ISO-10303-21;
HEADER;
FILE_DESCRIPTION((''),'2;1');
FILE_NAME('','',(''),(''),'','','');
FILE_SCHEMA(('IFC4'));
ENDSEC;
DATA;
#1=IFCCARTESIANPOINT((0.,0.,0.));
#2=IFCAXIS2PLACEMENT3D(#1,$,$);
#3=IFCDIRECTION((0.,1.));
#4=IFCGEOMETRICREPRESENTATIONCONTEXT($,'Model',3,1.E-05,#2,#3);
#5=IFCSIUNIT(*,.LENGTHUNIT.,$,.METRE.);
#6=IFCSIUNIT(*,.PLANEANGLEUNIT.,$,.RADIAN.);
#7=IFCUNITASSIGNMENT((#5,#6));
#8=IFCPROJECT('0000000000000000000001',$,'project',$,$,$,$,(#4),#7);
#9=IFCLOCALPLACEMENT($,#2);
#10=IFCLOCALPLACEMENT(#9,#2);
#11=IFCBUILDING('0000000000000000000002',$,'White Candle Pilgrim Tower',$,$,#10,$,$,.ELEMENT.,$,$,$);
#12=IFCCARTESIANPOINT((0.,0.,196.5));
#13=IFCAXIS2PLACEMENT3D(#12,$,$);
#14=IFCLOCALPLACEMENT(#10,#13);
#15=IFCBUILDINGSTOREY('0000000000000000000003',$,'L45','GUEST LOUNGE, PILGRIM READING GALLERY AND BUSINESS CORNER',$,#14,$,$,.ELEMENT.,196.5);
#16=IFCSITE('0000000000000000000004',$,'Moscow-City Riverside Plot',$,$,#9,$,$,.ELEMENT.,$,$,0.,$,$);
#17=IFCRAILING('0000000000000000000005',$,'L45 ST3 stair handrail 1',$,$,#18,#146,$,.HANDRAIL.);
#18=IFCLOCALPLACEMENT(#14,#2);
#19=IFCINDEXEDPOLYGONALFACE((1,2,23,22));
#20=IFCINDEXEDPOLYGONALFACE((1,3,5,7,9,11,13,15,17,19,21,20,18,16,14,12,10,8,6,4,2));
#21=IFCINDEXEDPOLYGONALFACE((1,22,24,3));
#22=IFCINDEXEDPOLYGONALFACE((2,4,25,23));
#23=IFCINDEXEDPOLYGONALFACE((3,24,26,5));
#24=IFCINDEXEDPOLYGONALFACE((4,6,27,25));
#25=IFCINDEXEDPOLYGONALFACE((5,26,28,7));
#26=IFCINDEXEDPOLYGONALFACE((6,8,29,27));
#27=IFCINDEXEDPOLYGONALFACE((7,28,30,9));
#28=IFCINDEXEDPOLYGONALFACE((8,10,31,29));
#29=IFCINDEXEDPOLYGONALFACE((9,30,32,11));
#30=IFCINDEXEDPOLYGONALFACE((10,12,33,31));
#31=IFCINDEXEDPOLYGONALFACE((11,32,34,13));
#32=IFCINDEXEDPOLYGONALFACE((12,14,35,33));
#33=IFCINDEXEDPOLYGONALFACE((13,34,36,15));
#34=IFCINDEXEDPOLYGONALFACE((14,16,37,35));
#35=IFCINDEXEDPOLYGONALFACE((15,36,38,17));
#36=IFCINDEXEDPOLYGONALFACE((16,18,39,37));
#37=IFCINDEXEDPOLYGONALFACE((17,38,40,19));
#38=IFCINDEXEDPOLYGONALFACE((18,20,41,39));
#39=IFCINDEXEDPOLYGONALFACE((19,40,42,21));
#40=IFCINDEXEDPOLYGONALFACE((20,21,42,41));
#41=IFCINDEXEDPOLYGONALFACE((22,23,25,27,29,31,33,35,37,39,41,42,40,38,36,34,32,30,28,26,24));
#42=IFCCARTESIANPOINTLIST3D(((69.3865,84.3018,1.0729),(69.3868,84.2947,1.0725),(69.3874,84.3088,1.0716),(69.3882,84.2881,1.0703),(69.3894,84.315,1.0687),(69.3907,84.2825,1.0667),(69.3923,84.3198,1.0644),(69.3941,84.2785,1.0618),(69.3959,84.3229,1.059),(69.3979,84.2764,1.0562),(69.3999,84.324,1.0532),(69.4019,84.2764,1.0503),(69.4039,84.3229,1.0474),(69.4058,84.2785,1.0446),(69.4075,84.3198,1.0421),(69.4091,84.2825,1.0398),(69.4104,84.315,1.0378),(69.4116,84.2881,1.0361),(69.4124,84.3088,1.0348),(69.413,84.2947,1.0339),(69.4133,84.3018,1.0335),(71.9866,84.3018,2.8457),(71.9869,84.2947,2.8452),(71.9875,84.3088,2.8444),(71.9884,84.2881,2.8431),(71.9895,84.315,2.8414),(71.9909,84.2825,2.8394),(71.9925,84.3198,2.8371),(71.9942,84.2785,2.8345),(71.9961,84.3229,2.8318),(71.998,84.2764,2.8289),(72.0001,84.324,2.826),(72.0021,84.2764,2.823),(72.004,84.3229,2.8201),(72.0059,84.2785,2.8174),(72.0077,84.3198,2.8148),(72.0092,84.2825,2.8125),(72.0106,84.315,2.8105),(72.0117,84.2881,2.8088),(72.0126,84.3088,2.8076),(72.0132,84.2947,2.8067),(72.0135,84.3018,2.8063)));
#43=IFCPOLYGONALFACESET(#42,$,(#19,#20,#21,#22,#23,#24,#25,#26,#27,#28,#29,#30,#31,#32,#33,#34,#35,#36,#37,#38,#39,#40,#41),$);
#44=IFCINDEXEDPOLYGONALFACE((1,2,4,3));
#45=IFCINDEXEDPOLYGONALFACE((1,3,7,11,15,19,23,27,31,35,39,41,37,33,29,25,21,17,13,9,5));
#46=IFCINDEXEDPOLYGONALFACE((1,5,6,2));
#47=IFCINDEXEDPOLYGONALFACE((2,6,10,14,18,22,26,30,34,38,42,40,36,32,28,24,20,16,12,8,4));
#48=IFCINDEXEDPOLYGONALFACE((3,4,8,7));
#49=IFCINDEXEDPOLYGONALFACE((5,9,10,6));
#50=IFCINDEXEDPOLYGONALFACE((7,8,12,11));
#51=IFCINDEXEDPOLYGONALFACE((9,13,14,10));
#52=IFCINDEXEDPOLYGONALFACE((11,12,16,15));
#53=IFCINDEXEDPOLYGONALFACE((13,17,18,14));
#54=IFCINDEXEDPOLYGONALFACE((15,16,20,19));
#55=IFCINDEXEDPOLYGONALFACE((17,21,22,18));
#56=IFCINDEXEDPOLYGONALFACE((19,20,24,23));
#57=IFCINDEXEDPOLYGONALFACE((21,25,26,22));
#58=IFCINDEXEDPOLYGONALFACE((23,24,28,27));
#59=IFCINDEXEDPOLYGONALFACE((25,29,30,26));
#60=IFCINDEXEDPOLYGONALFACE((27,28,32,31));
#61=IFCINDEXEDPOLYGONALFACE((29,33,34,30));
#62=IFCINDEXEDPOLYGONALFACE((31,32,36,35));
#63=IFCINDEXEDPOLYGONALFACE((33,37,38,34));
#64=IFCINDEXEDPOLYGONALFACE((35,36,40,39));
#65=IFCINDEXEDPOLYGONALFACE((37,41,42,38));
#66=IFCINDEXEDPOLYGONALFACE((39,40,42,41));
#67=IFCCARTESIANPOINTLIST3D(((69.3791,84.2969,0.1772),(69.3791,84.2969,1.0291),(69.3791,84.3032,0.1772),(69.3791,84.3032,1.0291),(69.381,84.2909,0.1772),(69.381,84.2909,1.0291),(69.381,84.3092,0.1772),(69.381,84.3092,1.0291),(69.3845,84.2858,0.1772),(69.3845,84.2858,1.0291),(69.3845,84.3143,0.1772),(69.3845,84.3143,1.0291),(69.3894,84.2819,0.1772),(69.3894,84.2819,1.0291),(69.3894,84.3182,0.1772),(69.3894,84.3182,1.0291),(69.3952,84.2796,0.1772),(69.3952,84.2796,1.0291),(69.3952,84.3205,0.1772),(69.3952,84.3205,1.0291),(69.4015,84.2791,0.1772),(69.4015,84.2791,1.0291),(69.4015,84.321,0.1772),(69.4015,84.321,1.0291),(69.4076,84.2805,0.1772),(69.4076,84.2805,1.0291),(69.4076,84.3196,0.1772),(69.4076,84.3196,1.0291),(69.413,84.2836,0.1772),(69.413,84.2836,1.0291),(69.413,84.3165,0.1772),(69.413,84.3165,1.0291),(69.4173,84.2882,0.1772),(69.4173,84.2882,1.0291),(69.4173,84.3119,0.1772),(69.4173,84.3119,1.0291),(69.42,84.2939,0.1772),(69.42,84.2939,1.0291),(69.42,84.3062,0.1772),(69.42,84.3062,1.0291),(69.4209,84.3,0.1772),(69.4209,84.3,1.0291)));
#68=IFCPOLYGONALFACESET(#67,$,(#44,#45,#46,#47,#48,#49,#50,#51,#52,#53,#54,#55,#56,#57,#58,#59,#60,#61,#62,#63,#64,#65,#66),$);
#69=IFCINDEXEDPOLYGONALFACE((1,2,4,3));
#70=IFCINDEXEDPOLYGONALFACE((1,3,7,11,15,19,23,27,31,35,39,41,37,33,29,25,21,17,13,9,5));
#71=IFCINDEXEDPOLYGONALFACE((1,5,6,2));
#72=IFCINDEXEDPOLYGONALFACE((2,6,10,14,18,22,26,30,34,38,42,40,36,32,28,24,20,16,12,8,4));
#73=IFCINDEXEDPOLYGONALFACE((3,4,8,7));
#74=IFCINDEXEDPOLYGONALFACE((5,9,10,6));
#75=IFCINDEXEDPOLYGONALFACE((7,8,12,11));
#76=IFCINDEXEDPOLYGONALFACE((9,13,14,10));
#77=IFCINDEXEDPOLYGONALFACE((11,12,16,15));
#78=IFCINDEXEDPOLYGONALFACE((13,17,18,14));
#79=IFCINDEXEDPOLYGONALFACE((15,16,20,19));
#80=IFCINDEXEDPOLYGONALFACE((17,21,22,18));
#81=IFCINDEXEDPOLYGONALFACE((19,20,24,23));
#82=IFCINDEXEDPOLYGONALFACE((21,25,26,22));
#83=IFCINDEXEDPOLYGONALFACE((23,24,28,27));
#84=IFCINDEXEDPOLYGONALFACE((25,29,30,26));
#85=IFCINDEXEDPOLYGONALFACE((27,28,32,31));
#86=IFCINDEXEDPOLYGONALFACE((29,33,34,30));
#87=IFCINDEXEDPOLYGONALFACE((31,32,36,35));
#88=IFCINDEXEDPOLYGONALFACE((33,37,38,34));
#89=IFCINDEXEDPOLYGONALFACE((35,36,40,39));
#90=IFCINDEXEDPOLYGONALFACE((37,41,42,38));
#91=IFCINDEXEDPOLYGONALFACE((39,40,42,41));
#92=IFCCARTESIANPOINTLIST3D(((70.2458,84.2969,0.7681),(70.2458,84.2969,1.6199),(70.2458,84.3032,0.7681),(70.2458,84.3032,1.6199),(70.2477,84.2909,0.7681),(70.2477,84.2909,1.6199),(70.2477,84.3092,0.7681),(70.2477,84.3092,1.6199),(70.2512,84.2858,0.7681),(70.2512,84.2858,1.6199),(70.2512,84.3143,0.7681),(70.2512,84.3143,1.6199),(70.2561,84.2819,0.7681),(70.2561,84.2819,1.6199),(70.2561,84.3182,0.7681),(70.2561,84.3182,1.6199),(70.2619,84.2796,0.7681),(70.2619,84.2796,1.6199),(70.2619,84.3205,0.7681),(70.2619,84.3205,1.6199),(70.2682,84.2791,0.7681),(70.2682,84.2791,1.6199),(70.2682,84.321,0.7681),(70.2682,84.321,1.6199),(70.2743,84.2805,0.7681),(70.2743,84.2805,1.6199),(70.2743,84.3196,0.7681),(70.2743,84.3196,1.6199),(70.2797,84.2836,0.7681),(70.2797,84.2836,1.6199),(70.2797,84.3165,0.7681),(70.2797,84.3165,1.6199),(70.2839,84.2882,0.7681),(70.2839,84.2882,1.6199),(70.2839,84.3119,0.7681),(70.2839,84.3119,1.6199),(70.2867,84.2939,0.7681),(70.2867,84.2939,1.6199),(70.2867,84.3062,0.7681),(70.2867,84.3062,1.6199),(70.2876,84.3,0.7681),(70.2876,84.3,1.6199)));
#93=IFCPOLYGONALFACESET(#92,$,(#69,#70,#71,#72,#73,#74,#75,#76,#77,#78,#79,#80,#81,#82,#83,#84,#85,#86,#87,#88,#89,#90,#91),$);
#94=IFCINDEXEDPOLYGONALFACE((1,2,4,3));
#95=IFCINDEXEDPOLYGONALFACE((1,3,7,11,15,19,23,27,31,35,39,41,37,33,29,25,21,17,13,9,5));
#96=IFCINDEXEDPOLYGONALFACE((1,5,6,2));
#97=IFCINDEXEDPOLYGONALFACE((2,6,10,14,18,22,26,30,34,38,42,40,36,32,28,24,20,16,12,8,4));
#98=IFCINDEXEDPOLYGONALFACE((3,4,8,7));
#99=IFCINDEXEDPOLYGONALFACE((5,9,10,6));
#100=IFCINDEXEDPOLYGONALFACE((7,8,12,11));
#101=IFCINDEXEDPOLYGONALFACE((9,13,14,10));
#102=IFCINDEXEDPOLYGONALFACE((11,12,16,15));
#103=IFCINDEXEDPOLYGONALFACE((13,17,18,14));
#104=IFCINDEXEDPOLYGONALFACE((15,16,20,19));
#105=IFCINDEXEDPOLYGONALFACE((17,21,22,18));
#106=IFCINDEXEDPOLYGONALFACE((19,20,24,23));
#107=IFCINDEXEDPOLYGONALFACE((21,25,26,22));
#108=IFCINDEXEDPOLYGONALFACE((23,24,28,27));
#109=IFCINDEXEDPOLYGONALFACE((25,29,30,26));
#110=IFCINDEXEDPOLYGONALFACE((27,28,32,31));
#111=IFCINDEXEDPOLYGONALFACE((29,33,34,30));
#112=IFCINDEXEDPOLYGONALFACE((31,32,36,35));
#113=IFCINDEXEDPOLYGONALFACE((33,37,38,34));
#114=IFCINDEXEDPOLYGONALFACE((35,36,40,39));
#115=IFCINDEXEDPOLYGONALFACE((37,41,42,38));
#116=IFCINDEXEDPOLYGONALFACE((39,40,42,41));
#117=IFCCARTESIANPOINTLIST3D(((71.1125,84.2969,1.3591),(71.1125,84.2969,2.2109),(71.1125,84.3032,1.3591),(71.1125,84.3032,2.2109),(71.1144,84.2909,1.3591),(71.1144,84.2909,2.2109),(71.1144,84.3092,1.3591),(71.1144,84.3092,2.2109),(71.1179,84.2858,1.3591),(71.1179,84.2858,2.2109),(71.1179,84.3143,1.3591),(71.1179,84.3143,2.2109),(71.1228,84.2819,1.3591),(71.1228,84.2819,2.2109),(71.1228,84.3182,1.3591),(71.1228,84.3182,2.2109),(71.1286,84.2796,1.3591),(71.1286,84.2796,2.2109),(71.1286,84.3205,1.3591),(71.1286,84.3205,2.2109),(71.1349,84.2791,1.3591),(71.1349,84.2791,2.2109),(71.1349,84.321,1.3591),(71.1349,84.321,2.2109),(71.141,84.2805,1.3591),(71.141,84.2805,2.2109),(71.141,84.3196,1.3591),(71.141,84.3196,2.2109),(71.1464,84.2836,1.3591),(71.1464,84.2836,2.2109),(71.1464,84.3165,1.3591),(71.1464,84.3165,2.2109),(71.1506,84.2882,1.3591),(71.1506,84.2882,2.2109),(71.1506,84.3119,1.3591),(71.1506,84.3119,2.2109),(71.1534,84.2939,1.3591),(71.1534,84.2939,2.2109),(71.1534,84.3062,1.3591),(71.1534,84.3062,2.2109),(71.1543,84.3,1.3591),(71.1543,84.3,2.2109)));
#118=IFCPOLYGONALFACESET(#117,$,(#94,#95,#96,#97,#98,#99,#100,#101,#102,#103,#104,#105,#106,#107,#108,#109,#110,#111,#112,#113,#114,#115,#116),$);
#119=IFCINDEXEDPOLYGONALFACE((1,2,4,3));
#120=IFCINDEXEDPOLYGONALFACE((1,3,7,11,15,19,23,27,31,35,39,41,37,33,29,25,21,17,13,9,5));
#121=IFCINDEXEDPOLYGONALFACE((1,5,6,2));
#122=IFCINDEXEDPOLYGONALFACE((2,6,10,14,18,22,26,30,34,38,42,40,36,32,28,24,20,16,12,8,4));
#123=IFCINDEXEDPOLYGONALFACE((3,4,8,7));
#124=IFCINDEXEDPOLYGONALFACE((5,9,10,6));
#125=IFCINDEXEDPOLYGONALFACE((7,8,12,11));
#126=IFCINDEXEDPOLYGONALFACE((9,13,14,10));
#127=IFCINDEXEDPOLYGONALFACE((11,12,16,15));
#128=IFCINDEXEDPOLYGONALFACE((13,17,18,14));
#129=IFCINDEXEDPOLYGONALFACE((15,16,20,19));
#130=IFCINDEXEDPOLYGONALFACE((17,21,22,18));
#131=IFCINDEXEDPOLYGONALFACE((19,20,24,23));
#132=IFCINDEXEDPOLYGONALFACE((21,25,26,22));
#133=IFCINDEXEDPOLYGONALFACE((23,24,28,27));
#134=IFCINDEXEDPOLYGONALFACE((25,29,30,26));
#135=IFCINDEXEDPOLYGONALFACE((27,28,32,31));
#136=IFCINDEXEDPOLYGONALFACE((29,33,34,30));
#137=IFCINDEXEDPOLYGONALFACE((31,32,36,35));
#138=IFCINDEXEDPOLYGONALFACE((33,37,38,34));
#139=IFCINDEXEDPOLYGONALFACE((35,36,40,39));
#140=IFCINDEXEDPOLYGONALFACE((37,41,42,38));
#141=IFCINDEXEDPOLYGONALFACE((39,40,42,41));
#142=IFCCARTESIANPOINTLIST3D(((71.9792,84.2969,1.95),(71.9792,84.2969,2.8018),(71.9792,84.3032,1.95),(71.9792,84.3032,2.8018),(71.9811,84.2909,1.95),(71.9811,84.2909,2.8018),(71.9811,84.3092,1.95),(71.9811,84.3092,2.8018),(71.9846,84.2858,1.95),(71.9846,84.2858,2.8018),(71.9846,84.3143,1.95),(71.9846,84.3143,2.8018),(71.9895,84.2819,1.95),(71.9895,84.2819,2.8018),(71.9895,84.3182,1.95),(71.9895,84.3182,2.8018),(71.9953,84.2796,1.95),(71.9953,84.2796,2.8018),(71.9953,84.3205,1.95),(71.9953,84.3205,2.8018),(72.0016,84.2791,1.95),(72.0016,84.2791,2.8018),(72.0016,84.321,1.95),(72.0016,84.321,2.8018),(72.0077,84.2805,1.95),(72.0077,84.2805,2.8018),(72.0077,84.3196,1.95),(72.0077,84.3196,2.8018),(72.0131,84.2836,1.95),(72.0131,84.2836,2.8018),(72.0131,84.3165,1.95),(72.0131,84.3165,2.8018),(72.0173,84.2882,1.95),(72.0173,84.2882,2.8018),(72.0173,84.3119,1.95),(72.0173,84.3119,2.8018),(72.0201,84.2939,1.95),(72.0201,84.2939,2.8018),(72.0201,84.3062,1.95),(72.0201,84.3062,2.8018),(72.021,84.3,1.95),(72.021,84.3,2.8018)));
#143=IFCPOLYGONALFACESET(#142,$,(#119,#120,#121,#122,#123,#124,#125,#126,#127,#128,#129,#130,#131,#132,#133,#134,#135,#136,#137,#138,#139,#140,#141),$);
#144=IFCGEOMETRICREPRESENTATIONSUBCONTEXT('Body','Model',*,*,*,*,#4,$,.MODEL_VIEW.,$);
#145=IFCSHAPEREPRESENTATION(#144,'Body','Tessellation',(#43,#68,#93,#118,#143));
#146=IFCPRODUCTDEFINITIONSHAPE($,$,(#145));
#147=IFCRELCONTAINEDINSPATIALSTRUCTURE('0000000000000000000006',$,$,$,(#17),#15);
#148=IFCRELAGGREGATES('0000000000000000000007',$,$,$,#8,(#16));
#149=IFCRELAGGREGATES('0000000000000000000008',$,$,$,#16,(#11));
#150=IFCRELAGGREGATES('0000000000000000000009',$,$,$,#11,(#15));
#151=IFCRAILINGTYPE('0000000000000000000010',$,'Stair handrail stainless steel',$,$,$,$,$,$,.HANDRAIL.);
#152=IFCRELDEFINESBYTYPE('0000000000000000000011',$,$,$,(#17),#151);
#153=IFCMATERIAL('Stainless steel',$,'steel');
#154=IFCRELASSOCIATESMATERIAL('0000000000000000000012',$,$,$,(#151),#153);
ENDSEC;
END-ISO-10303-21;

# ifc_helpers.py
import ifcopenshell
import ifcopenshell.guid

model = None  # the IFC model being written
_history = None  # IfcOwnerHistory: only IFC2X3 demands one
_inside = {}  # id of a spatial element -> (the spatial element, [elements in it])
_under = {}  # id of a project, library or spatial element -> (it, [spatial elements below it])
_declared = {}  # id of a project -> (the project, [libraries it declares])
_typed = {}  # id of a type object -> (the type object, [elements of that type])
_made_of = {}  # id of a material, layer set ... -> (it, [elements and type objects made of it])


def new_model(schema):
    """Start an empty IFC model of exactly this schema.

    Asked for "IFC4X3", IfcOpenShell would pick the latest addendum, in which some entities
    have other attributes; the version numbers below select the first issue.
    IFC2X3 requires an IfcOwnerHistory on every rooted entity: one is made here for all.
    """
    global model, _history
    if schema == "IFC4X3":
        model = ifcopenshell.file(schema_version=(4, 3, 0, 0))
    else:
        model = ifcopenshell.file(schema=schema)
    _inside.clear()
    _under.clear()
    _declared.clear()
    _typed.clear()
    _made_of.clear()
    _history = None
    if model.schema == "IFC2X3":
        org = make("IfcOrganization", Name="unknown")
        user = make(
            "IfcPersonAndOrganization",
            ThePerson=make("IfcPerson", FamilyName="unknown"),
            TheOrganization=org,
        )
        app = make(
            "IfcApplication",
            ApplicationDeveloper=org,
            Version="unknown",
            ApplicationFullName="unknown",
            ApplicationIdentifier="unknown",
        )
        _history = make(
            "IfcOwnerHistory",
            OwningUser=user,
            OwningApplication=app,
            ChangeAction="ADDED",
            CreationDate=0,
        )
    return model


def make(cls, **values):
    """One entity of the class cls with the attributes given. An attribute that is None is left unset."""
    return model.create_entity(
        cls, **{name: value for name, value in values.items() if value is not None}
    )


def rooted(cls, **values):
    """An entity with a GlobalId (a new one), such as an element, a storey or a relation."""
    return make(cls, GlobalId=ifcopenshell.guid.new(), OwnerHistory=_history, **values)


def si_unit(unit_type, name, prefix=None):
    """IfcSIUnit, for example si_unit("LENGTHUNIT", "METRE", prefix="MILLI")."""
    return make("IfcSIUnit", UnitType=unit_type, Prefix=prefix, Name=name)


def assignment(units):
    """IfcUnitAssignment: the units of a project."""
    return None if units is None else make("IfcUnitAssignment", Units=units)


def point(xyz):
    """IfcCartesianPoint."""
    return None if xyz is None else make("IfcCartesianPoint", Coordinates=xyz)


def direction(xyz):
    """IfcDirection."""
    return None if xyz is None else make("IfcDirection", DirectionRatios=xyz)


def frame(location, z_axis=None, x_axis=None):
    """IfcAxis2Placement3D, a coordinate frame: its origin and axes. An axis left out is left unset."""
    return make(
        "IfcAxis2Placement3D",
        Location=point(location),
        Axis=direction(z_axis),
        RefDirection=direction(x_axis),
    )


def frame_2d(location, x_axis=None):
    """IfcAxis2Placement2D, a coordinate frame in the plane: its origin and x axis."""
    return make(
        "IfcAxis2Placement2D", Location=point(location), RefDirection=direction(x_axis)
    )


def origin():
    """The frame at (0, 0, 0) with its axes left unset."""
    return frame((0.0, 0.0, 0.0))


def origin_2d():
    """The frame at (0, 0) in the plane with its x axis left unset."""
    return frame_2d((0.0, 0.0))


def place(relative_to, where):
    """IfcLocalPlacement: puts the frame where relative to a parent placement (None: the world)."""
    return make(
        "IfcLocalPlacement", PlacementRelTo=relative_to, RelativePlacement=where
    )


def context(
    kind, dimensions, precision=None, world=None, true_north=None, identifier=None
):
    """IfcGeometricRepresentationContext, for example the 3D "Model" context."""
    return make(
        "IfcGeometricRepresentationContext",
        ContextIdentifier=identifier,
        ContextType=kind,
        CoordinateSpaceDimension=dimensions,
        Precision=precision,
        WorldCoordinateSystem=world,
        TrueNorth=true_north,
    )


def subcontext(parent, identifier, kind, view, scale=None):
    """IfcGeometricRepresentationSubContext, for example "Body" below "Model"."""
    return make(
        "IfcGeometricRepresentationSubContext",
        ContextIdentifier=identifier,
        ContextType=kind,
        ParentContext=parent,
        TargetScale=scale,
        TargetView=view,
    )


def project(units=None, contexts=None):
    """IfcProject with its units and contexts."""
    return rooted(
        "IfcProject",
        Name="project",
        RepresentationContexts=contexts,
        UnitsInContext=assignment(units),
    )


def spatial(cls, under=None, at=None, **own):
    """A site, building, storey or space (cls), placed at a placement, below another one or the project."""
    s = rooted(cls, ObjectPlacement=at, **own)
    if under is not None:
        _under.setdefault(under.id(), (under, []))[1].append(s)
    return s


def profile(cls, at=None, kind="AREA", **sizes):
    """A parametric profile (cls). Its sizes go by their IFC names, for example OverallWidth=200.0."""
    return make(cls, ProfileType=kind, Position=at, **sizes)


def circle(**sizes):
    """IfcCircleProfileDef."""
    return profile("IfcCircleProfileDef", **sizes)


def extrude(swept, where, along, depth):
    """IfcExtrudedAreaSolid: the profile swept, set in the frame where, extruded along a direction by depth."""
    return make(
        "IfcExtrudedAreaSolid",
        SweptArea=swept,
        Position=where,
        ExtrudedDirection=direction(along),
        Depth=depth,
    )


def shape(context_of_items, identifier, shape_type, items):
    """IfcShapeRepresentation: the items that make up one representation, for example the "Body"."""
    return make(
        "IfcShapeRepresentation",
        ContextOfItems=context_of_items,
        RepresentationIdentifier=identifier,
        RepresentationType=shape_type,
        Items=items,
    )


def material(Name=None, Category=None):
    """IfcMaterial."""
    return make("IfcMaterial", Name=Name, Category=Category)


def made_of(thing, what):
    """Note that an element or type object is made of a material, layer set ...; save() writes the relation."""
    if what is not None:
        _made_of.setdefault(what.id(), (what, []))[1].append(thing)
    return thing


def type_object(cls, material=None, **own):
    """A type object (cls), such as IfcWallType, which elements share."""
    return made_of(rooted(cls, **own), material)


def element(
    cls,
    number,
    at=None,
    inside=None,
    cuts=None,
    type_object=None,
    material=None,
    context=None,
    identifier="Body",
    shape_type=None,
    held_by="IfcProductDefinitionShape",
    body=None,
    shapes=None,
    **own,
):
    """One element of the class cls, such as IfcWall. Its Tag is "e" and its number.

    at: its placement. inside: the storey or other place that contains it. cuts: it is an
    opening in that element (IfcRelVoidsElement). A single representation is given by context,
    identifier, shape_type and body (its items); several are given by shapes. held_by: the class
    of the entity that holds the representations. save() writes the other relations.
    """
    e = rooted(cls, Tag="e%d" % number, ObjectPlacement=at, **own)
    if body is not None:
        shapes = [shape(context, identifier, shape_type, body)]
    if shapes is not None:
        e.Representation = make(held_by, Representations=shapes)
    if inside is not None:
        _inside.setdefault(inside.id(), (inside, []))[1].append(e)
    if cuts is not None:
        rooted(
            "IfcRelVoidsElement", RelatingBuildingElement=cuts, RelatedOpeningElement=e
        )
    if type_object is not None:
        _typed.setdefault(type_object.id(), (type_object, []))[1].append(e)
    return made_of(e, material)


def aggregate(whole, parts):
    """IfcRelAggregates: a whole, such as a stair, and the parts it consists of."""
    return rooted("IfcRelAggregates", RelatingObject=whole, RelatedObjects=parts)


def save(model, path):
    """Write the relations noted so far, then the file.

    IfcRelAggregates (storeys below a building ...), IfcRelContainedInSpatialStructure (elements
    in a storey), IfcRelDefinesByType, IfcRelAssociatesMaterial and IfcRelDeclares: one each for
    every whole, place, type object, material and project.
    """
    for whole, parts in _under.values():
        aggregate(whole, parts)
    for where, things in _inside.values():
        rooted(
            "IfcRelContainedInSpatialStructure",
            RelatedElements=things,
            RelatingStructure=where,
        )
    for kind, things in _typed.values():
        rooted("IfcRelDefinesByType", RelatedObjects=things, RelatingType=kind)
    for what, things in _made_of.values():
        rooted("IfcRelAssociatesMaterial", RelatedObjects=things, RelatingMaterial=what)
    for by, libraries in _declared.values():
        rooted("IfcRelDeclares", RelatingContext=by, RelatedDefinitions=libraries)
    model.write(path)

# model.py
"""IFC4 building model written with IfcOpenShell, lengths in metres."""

from ifc_helpers import new_model, si_unit, direction, frame, origin, origin_2d, place, context, subcontext, project, spatial, circle, extrude, material, type_object, element, save


model = new_model("IFC4")

# Units and contexts
model_context = context("Model", 3, precision=1e-05, world=origin(), true_north=direction((0.0, 1.0)))
body_context = subcontext(model_context, "Body", "Model", "MODEL_VIEW")
ifc_project = project(units=[si_unit("LENGTHUNIT", "METRE"), si_unit("PLANEANGLEUNIT", "RADIAN")], contexts=[model_context])

# Site, building, storey
site_placement = place(None, origin())
site = spatial("IfcSite", under=ifc_project, at=site_placement, Name="Moscow-City Riverside Plot", CompositionType="ELEMENT", RefElevation=0.0)
building_placement = place(site_placement, origin())
building = spatial("IfcBuilding", under=site, at=building_placement, Name="White Candle Pilgrim Tower", CompositionType="ELEMENT")
storey_placement = place(building_placement, frame((0.0, 0.0, 196.5)))
storey = spatial("IfcBuildingStorey", under=building, at=storey_placement, Name="L45", Description="GUEST LOUNGE, PILGRIM READING GALLERY AND BUSINESS CORNER", CompositionType="ELEMENT", Elevation=196.5)

# Railing
ifc_material_1 = material(Name="Stainless steel", Category="steel")
railing_type_1 = type_object("IfcRailingType", Name="Stair handrail stainless steel", PredefinedType="HANDRAIL", material=ifc_material_1)
railing_1_placement = place(storey_placement, frame((69.3999, 84.3, 0.1772)))
element("IfcRailing", 1, at=railing_1_placement, inside=storey, type_object=railing_type_1, Name="L45 ST3 stair handrail 1", PredefinedType="HANDRAIL", context=body_context, shape_type="SweptSolid", body=[
    extrude(circle(Radius=0.0239, at=origin_2d()), frame((0.0, 0.0, 0.876), z_axis=(0.82624, 0.0, 0.563318), x_axis=(0.0, 1.0, 0.0)), (0.0, 0.0, 1.0), 3.147),
    extrude(circle(Radius=0.021, at=origin_2d()), origin(), (0.0, 0.0, 1.0), 0.8518),
    extrude(circle(Radius=0.021, at=origin_2d()), frame((0.8667, 0.0, 0.5908)), (0.0, 0.0, 1.0), 0.8518),
    extrude(circle(Radius=0.021, at=origin_2d()), frame((1.7334, 0.0, 1.1819)), (0.0, 0.0, 1.0), 0.8518),
    extrude(circle(Radius=0.021, at=origin_2d()), frame((2.6001, 0.0, 1.7727)), (0.0, 0.0, 1.0), 0.8518),
])

save(model, "model.ifc")
